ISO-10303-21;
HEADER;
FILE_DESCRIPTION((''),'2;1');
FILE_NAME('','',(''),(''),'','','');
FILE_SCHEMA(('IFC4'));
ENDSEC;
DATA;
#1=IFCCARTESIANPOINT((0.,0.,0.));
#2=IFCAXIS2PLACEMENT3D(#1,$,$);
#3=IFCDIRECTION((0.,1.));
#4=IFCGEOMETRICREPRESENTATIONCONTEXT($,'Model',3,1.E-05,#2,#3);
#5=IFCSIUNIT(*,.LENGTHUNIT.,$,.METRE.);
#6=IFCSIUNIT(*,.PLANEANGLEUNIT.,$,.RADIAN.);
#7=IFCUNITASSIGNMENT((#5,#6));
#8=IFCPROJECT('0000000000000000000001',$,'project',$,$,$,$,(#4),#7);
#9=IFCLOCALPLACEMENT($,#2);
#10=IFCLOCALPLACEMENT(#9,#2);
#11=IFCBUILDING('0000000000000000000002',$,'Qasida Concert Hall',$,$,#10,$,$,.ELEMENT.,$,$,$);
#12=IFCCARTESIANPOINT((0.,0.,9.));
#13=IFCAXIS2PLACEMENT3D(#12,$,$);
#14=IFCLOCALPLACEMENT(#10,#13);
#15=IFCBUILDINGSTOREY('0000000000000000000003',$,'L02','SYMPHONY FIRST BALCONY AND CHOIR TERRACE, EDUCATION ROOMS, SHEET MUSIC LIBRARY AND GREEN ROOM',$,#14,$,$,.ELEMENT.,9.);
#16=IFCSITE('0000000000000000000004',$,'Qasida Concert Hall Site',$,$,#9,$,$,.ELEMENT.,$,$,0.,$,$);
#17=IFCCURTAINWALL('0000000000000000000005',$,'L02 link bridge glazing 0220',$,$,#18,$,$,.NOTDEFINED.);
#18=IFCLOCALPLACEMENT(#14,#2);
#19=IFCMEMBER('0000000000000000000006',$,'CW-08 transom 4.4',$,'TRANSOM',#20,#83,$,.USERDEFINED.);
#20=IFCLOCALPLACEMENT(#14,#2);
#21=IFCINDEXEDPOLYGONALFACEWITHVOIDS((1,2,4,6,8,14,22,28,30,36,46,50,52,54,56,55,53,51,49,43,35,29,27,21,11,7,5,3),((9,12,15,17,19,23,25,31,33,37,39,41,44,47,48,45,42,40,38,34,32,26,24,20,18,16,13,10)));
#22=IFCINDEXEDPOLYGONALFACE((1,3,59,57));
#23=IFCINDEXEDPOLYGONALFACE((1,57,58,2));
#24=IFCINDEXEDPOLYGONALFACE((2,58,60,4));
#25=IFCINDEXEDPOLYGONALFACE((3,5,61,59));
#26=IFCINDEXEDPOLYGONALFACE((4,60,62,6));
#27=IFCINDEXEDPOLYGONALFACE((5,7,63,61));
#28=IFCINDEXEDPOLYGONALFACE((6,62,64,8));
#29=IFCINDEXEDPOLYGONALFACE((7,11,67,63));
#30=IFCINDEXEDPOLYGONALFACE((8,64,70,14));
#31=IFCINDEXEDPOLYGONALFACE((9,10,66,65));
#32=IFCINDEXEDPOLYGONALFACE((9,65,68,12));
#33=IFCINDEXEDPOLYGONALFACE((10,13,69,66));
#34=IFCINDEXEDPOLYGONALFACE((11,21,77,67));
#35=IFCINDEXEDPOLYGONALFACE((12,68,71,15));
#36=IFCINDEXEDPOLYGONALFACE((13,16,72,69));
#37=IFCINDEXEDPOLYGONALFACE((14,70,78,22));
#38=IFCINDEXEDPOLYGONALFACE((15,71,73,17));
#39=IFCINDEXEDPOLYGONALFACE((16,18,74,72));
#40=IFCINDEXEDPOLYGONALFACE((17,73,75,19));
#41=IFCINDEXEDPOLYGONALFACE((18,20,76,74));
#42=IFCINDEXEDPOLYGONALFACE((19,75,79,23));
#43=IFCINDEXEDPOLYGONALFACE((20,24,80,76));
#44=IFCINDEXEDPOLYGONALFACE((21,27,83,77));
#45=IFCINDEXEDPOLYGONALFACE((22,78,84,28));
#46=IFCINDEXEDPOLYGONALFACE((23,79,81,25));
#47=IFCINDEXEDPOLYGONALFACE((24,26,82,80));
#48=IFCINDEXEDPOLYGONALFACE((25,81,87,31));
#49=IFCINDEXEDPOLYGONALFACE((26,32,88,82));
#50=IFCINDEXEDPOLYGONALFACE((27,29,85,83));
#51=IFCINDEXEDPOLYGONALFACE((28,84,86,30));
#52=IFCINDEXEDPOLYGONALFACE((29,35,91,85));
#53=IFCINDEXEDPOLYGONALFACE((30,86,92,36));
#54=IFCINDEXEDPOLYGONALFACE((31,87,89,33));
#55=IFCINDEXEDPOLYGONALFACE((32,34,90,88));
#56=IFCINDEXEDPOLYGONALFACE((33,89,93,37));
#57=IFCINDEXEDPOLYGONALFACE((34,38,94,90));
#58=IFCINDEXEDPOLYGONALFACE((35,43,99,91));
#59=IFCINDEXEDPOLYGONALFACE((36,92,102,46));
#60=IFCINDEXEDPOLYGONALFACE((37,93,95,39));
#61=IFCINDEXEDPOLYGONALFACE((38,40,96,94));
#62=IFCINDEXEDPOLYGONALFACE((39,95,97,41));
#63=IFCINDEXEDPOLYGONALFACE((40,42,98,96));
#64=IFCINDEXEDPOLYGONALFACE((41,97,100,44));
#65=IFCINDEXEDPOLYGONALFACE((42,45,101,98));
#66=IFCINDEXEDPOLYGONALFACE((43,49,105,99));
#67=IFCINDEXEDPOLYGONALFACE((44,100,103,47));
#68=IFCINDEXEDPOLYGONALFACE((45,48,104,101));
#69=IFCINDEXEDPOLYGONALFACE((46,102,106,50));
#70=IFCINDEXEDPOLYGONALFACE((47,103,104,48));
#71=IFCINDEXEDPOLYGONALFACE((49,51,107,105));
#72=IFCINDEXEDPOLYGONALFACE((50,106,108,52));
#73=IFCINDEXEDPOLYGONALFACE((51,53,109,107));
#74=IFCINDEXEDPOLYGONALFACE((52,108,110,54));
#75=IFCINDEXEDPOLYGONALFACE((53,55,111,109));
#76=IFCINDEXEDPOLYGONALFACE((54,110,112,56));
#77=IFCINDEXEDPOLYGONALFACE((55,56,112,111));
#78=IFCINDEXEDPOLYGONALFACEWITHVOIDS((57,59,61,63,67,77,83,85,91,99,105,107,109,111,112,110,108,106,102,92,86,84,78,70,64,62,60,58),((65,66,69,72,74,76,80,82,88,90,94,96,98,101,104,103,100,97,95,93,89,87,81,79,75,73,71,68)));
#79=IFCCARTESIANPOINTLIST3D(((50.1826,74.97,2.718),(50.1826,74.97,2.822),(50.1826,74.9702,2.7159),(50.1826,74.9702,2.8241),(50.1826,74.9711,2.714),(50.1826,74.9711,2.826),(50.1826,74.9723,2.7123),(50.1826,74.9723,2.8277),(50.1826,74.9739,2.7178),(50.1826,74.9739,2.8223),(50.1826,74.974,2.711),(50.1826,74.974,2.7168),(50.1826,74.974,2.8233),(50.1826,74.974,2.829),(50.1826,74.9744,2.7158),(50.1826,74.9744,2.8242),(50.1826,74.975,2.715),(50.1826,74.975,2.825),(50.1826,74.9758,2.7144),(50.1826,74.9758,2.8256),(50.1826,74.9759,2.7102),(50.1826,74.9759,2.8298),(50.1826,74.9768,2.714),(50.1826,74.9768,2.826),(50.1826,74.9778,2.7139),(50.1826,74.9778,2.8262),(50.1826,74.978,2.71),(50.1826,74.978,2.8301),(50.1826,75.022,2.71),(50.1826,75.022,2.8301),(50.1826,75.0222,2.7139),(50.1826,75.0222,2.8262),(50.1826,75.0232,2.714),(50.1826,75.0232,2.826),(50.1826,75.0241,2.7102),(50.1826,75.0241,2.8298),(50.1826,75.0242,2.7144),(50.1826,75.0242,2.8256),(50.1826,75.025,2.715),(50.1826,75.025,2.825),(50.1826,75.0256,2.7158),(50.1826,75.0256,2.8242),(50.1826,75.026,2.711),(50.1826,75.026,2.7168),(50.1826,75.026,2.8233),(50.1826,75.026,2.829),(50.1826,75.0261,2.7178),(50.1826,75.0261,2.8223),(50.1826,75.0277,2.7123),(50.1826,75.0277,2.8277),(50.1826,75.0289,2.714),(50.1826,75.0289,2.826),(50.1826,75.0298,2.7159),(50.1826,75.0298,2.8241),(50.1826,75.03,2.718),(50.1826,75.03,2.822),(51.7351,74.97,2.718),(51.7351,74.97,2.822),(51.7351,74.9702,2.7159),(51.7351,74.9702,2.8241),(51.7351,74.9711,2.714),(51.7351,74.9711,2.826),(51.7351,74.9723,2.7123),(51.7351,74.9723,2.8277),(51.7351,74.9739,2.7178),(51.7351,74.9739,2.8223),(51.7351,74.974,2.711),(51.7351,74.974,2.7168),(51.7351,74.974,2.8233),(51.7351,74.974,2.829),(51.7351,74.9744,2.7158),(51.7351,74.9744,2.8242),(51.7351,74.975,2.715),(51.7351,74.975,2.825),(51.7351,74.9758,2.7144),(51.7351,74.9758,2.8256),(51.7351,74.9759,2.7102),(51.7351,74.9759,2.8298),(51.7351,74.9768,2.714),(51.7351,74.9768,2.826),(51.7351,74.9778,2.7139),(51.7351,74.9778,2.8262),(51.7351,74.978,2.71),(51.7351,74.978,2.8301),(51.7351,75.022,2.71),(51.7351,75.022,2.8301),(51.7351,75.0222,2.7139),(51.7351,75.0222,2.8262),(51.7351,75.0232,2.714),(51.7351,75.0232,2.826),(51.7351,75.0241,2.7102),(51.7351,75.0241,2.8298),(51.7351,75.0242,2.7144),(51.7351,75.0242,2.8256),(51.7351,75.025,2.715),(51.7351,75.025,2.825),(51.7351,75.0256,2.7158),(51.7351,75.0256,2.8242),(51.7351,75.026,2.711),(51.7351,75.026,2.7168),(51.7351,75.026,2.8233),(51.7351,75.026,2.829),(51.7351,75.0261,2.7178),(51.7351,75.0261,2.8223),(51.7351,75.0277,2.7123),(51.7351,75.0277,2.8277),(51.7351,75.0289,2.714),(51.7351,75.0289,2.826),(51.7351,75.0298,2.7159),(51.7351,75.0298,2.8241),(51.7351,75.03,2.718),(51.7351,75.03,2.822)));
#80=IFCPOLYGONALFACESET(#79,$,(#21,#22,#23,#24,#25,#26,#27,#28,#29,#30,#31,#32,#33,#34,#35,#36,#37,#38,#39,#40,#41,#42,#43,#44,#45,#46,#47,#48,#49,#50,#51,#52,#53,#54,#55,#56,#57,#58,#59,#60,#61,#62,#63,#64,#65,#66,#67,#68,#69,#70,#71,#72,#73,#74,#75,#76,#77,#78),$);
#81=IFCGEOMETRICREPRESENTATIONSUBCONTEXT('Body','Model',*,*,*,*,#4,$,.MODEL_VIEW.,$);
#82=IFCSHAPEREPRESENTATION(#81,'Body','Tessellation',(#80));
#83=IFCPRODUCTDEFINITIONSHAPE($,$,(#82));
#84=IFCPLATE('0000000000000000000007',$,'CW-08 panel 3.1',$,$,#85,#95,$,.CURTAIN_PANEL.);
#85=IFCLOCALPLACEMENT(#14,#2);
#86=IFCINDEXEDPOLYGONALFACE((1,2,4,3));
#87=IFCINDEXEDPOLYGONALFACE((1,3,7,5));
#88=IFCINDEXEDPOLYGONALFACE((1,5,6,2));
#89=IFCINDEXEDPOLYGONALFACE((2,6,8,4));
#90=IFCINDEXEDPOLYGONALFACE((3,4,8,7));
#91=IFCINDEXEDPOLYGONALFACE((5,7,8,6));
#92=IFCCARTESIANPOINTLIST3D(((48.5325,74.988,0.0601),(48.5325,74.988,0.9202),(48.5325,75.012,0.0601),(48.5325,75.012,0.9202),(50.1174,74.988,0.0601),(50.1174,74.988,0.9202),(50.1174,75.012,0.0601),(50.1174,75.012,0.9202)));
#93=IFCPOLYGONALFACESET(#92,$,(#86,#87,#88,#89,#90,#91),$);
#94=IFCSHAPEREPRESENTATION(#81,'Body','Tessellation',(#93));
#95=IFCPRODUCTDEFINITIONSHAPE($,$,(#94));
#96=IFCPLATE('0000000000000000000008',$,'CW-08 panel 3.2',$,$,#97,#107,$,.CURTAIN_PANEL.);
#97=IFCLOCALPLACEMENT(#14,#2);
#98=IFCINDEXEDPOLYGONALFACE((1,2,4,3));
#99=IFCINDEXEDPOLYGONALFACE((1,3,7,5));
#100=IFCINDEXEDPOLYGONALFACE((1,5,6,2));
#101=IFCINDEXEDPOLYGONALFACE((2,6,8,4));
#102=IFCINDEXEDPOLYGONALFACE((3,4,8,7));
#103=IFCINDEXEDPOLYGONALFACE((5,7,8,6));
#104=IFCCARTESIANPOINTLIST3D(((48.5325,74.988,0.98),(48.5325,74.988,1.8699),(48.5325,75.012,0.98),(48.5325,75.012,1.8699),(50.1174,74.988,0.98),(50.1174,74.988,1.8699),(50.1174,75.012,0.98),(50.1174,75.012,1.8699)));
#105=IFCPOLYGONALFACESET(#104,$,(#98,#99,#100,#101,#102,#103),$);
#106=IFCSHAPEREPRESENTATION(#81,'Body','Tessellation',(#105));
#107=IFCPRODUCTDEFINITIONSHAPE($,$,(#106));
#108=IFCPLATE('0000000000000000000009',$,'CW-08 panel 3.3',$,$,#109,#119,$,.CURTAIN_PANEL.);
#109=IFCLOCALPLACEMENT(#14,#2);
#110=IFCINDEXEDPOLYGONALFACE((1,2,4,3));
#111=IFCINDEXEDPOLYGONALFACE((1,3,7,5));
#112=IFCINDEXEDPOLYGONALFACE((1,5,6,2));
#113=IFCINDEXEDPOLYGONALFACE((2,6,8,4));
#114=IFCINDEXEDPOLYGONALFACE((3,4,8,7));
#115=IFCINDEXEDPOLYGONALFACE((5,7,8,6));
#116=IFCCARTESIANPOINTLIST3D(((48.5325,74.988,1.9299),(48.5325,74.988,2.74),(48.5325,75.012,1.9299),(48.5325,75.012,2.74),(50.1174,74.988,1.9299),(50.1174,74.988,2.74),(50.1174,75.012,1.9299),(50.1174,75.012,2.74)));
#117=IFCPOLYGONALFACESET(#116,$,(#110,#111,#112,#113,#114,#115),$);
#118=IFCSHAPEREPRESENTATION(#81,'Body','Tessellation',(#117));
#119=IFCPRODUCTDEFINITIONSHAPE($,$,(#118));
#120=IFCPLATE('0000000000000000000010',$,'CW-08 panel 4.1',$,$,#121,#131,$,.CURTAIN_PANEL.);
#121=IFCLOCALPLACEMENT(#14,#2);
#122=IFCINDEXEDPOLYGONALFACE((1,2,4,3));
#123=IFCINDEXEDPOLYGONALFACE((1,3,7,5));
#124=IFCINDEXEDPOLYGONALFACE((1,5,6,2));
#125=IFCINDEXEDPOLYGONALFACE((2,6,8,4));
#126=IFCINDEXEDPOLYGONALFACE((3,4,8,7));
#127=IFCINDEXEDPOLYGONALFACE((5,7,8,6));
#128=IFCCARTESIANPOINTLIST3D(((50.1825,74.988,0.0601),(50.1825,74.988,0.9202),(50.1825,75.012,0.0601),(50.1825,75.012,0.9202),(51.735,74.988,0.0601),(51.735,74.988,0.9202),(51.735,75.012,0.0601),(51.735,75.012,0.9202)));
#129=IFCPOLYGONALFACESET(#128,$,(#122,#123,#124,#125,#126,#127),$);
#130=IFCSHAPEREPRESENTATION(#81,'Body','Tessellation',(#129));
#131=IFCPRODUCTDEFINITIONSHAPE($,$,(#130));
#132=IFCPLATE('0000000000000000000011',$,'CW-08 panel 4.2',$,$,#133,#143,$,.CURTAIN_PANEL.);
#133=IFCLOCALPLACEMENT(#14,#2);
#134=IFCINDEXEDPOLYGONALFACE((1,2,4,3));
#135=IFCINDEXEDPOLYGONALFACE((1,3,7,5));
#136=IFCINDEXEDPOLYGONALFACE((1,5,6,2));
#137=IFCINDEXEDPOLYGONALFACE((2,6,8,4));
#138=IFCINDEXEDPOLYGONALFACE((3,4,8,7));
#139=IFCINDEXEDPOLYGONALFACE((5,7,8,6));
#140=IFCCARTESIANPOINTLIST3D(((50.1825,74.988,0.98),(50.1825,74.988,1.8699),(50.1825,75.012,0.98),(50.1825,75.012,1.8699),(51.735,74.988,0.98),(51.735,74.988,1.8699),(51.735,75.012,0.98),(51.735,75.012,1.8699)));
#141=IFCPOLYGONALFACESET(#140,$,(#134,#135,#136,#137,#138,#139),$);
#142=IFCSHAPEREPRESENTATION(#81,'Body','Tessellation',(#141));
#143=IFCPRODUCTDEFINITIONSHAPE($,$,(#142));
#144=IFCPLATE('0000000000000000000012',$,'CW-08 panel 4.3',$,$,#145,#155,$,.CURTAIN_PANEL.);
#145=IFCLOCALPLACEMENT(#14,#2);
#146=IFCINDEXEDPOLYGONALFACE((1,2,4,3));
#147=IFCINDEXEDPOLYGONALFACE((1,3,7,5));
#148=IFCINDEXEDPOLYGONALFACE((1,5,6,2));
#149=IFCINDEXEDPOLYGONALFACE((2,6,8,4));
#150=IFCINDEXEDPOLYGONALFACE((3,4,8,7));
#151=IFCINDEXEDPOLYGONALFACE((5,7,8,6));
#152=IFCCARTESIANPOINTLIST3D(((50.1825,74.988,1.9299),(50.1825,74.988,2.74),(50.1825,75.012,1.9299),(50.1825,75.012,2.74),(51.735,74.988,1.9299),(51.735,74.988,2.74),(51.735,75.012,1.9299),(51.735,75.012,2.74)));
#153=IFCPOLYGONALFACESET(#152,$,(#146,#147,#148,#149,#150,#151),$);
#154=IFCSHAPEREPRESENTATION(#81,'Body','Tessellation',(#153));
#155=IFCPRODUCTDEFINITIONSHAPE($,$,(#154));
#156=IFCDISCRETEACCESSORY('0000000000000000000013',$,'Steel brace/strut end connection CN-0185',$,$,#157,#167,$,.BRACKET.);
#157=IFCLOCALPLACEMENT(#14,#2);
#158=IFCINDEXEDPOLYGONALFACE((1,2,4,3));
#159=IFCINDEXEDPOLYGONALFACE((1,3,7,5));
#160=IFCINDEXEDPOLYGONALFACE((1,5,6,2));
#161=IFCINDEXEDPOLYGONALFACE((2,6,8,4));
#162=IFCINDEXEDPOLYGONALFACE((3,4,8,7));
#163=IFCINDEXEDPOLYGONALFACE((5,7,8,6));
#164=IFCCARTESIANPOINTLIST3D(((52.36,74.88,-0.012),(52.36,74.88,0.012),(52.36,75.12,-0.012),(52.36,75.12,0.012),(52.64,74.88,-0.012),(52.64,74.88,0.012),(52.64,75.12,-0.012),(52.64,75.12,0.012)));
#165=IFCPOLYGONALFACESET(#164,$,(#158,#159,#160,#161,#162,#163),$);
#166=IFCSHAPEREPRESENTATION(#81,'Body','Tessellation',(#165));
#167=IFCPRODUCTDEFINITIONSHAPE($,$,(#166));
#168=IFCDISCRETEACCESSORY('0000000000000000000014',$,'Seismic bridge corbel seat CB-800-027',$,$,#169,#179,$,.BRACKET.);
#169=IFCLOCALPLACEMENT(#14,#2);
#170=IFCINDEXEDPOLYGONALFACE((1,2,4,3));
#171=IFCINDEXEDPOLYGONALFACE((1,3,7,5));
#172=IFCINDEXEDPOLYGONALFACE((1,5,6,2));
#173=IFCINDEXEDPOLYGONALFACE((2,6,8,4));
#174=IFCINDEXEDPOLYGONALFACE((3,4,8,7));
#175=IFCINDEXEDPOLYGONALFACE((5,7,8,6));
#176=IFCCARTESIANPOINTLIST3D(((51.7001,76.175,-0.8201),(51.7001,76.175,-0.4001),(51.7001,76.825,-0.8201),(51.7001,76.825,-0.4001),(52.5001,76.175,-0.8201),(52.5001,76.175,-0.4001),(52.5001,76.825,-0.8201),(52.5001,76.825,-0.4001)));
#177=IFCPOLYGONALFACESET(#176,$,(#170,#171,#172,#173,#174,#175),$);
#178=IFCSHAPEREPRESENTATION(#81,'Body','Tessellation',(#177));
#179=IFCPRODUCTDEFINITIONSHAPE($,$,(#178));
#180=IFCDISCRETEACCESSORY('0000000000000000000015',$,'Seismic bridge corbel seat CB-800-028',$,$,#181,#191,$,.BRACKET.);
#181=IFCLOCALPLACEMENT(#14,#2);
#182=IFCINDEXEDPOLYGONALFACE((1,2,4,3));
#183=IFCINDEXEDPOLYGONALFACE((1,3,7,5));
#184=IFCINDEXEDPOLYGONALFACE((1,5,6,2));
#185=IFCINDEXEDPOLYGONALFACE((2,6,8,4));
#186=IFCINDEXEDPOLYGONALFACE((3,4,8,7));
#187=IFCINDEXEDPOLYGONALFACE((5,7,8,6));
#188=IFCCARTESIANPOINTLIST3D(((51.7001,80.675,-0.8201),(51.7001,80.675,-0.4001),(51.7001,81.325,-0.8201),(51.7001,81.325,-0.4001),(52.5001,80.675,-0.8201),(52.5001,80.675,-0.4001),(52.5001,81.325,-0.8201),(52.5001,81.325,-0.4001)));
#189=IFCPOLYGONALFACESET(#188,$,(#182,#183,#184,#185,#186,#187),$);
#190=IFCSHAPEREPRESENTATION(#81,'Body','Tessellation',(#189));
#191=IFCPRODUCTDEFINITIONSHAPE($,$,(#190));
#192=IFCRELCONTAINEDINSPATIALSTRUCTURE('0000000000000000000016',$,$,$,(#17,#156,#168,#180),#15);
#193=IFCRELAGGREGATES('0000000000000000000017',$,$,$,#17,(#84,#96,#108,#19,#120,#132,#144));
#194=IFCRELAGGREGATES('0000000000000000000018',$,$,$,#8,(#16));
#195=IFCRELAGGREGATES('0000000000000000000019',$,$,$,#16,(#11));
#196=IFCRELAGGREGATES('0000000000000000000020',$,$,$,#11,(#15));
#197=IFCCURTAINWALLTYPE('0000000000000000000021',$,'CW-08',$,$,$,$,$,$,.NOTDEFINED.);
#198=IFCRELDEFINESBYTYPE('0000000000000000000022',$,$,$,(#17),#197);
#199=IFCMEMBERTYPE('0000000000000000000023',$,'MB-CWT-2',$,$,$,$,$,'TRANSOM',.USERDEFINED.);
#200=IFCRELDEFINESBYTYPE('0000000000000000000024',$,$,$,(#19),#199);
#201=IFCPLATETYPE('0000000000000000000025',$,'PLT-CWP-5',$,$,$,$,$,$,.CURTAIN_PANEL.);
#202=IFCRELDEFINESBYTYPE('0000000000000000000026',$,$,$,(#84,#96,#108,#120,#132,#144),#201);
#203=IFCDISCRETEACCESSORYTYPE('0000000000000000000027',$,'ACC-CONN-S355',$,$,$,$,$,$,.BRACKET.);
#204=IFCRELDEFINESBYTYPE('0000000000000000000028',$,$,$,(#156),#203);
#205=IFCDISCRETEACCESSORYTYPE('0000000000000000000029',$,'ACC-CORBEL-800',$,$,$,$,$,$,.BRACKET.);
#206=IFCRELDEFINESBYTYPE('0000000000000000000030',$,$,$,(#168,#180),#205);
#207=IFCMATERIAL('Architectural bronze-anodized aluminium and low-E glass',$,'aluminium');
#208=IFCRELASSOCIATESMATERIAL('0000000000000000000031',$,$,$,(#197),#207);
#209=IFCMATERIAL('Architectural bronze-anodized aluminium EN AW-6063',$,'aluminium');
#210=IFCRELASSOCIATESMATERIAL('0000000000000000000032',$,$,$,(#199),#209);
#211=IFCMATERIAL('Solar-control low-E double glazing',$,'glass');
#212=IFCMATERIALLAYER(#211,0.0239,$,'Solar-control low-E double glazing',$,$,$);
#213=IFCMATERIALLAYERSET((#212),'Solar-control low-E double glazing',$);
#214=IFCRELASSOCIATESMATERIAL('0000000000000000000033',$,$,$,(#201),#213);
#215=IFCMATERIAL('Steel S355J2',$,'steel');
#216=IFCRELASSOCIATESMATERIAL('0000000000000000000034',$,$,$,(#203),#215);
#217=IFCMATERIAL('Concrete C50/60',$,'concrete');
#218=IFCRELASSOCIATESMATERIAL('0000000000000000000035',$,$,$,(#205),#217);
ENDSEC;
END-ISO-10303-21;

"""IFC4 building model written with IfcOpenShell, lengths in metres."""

from ifc_helpers import new_model, si_unit, direction, frame, origin, origin_2d, place, context, subcontext, project, spatial, rectangle, hollow_rectangle, extrude, material, layer, layer_set, material_profile, profile_set, type_object, element, aggregate, save


model = new_model("IFC4")

# Units and contexts
model_context = context("Model", 3, precision=1e-05, world=origin(), true_north=direction((0.0, 1.0)))
body_context = subcontext(model_context, "Body", "Model", "MODEL_VIEW")
ifc_project = project(units=[si_unit("LENGTHUNIT", "METRE"), si_unit("PLANEANGLEUNIT", "RADIAN")], contexts=[model_context])

# Site, building, storey
site_placement = place(None, origin())
site = spatial("IfcSite", under=ifc_project, at=site_placement, Name="Qasida Concert Hall Site", CompositionType="ELEMENT", RefElevation=0.0)
building_placement = place(site_placement, origin())
building = spatial("IfcBuilding", under=site, at=building_placement, Name="Qasida Concert Hall", CompositionType="ELEMENT")
storey_placement = place(building_placement, frame((0.0, 0.0, 9.0)))
storey = spatial("IfcBuildingStorey", under=building, at=storey_placement, Name="L02", Description="SYMPHONY FIRST BALCONY AND CHOIR TERRACE, EDUCATION ROOMS, SHEET MUSIC LIBRARY AND GREEN ROOM", CompositionType="ELEMENT", Elevation=9.0)

# Shared definitions
ifc_material_1 = material(Name="Concrete C50/60", Category="concrete")

# Shared definitions
ifc_material_2 = material(Name="Steel S355J2", Category="steel")

# Curtain wall, member, plates
ifc_material_3 = material(Name="Architectural bronze-anodized aluminium and low-E glass", Category="aluminium")
curtain_wall_type = type_object("IfcCurtainWallType", Name="CW-08", PredefinedType="NOTDEFINED", material=ifc_material_3)
curtain_wall_placement = place(storey_placement, origin())
curtain_wall = element("IfcCurtainWall", 1, at=curtain_wall_placement, inside=storey, type_object=curtain_wall_type, Name="L02 link bridge glazing 0220", PredefinedType="NOTDEFINED")
ifc_material_4 = material(Name="Architectural bronze-anodized aluminium EN AW-6063", Category="aluminium")
ifc_material_profile_1 = material_profile(ifc_material_4, hollow_rectangle(XDim=0.0601, YDim=0.1201, WallThickness=0.0039, InnerFilletRadius=0.0039, OuterFilletRadius=0.0081, at=origin_2d()), Name="CWT 120x60x4")
ifc_profile_set_1 = profile_set([ifc_material_profile_1], Name="Architectural bronze-anodized aluminium EN AW-6063")
member_type_1 = type_object("IfcMemberType", Name="MB-CWT-2", ElementType="TRANSOM", PredefinedType="USERDEFINED", material=ifc_profile_set_1)
member_1_placement = place(storey_placement, frame((50.1826, 75.0, 2.77), z_axis=(1.0, 0.0, 0.0), x_axis=(0.0, 1.0, 0.0)))
member_1 = element("IfcMember", 2, at=member_1_placement, type_object=member_type_1, Name="CW-08 transom 4.4", ObjectType="TRANSOM", PredefinedType="USERDEFINED", context=body_context, shape_type="SweptSolid", body=[
    extrude(hollow_rectangle(XDim=0.0601, YDim=0.1201, WallThickness=0.0039, InnerFilletRadius=0.0039, OuterFilletRadius=0.0081, at=origin_2d()), origin(), (0.0, 0.0, 1.0), 1.5525),
])
ifc_material_5 = material(Name="Solar-control low-E double glazing", Category="glass")
ifc_layer = layer(ifc_material_5, 0.0239, Name="Solar-control low-E double glazing")
ifc_layer_set = layer_set([ifc_layer], Name="Solar-control low-E double glazing")
plate_type = type_object("IfcPlateType", Name="PLT-CWP-5", PredefinedType="CURTAIN_PANEL", material=ifc_layer_set)
plate_1_placement = place(storey_placement, frame((49.325, 75.0, 0.0601), z_axis=(0.0, 0.0, 1.0), x_axis=(1.0, 0.0, 0.0)))
plate_1 = element("IfcPlate", 3, at=plate_1_placement, type_object=plate_type, Name="CW-08 panel 3.1", PredefinedType="CURTAIN_PANEL", context=body_context, shape_type="SweptSolid", body=[
    extrude(rectangle(XDim=1.585, YDim=0.0239, at=origin_2d()), origin(), (0.0, 0.0, 1.0), 0.8601),
])
plate_2_placement = place(storey_placement, frame((49.325, 75.0, 0.98), z_axis=(0.0, 0.0, 1.0), x_axis=(1.0, 0.0, 0.0)))
plate_2 = element("IfcPlate", 4, at=plate_2_placement, type_object=plate_type, Name="CW-08 panel 3.2", PredefinedType="CURTAIN_PANEL", context=body_context, shape_type="SweptSolid", body=[
    extrude(rectangle(XDim=1.585, YDim=0.0239, at=origin_2d()), origin(), (0.0, 0.0, 1.0), 0.8899),
])
plate_3_placement = place(storey_placement, frame((49.325, 75.0, 1.9299), z_axis=(0.0, 0.0, 1.0), x_axis=(1.0, 0.0, 0.0)))
plate_3 = element("IfcPlate", 5, at=plate_3_placement, type_object=plate_type, Name="CW-08 panel 3.3", PredefinedType="CURTAIN_PANEL", context=body_context, shape_type="SweptSolid", body=[
    extrude(rectangle(XDim=1.585, YDim=0.0239, at=origin_2d()), origin(), (0.0, 0.0, 1.0), 0.8101),
])
plate_4_placement = place(storey_placement, frame((50.9587, 75.0, 0.0601), z_axis=(0.0, 0.0, 1.0), x_axis=(1.0, 0.0, 0.0)))
plate_4 = element("IfcPlate", 6, at=plate_4_placement, type_object=plate_type, Name="CW-08 panel 4.1", PredefinedType="CURTAIN_PANEL", context=body_context, shape_type="SweptSolid", body=[
    extrude(rectangle(XDim=1.5525, YDim=0.0239, at=origin_2d()), origin(), (0.0, 0.0, 1.0), 0.8601),
])
plate_5_placement = place(storey_placement, frame((50.9587, 75.0, 0.98), z_axis=(0.0, 0.0, 1.0), x_axis=(1.0, 0.0, 0.0)))
plate_5 = element("IfcPlate", 7, at=plate_5_placement, type_object=plate_type, Name="CW-08 panel 4.2", PredefinedType="CURTAIN_PANEL", context=body_context, shape_type="SweptSolid", body=[
    extrude(rectangle(XDim=1.5525, YDim=0.0239, at=origin_2d()), origin(), (0.0, 0.0, 1.0), 0.8899),
])
plate_6_placement = place(storey_placement, frame((50.9587, 75.0, 1.9299), z_axis=(0.0, 0.0, 1.0), x_axis=(1.0, 0.0, 0.0)))
plate_6 = element("IfcPlate", 8, at=plate_6_placement, type_object=plate_type, Name="CW-08 panel 4.3", PredefinedType="CURTAIN_PANEL", context=body_context, shape_type="SweptSolid", body=[
    extrude(rectangle(XDim=1.5525, YDim=0.0239, at=origin_2d()), origin(), (0.0, 0.0, 1.0), 0.8101),
])
aggregate(curtain_wall, [plate_1, plate_2, plate_3, member_1, plate_4, plate_5, plate_6])

# Discrete accessories
discrete_accessory_type_1 = type_object("IfcDiscreteAccessoryType", Name="ACC-CONN-S355", PredefinedType="BRACKET", material=ifc_material_2)
discrete_accessory_placement = place(storey_placement, frame((52.5, 75.0, -0.012), z_axis=(0.0, 0.0, 1.0), x_axis=(1.0, 0.0, 0.0)))
element("IfcDiscreteAccessory", 9, at=discrete_accessory_placement, inside=storey, type_object=discrete_accessory_type_1, Name="Steel brace/strut end connection CN-0185", PredefinedType="BRACKET", context=body_context, shape_type="SweptSolid", body=[
    extrude(rectangle(XDim=0.28, YDim=0.24, at=origin_2d()), origin(), (0.0, 0.0, 1.0), 0.0239),
])
discrete_accessory_type_2 = type_object("IfcDiscreteAccessoryType", Name="ACC-CORBEL-800", PredefinedType="BRACKET", material=ifc_material_1)
for number, where, z_axis, x_axis, name in (
    (10, (52.1001, 76.5, -0.8201), (0.0, 0.0, 1.0), (1.0, 0.0, 0.0), "Seismic bridge corbel seat CB-800-027"),
    (11, (52.1001, 81.0, -0.8201), (0.0, 0.0, 1.0), (1.0, 0.0, 0.0), "Seismic bridge corbel seat CB-800-028"),
):
    element("IfcDiscreteAccessory", number, at=place(storey_placement, frame(where, z_axis=z_axis, x_axis=x_axis)), inside=storey, type_object=discrete_accessory_type_2, Name=name, PredefinedType="BRACKET", context=body_context, shape_type="SweptSolid", body=[
        extrude(rectangle(XDim=0.8, YDim=0.6499, at=origin_2d()), origin(), (0.0, 0.0, 1.0), 0.4199),
    ])

save(model, "model.ifc")
